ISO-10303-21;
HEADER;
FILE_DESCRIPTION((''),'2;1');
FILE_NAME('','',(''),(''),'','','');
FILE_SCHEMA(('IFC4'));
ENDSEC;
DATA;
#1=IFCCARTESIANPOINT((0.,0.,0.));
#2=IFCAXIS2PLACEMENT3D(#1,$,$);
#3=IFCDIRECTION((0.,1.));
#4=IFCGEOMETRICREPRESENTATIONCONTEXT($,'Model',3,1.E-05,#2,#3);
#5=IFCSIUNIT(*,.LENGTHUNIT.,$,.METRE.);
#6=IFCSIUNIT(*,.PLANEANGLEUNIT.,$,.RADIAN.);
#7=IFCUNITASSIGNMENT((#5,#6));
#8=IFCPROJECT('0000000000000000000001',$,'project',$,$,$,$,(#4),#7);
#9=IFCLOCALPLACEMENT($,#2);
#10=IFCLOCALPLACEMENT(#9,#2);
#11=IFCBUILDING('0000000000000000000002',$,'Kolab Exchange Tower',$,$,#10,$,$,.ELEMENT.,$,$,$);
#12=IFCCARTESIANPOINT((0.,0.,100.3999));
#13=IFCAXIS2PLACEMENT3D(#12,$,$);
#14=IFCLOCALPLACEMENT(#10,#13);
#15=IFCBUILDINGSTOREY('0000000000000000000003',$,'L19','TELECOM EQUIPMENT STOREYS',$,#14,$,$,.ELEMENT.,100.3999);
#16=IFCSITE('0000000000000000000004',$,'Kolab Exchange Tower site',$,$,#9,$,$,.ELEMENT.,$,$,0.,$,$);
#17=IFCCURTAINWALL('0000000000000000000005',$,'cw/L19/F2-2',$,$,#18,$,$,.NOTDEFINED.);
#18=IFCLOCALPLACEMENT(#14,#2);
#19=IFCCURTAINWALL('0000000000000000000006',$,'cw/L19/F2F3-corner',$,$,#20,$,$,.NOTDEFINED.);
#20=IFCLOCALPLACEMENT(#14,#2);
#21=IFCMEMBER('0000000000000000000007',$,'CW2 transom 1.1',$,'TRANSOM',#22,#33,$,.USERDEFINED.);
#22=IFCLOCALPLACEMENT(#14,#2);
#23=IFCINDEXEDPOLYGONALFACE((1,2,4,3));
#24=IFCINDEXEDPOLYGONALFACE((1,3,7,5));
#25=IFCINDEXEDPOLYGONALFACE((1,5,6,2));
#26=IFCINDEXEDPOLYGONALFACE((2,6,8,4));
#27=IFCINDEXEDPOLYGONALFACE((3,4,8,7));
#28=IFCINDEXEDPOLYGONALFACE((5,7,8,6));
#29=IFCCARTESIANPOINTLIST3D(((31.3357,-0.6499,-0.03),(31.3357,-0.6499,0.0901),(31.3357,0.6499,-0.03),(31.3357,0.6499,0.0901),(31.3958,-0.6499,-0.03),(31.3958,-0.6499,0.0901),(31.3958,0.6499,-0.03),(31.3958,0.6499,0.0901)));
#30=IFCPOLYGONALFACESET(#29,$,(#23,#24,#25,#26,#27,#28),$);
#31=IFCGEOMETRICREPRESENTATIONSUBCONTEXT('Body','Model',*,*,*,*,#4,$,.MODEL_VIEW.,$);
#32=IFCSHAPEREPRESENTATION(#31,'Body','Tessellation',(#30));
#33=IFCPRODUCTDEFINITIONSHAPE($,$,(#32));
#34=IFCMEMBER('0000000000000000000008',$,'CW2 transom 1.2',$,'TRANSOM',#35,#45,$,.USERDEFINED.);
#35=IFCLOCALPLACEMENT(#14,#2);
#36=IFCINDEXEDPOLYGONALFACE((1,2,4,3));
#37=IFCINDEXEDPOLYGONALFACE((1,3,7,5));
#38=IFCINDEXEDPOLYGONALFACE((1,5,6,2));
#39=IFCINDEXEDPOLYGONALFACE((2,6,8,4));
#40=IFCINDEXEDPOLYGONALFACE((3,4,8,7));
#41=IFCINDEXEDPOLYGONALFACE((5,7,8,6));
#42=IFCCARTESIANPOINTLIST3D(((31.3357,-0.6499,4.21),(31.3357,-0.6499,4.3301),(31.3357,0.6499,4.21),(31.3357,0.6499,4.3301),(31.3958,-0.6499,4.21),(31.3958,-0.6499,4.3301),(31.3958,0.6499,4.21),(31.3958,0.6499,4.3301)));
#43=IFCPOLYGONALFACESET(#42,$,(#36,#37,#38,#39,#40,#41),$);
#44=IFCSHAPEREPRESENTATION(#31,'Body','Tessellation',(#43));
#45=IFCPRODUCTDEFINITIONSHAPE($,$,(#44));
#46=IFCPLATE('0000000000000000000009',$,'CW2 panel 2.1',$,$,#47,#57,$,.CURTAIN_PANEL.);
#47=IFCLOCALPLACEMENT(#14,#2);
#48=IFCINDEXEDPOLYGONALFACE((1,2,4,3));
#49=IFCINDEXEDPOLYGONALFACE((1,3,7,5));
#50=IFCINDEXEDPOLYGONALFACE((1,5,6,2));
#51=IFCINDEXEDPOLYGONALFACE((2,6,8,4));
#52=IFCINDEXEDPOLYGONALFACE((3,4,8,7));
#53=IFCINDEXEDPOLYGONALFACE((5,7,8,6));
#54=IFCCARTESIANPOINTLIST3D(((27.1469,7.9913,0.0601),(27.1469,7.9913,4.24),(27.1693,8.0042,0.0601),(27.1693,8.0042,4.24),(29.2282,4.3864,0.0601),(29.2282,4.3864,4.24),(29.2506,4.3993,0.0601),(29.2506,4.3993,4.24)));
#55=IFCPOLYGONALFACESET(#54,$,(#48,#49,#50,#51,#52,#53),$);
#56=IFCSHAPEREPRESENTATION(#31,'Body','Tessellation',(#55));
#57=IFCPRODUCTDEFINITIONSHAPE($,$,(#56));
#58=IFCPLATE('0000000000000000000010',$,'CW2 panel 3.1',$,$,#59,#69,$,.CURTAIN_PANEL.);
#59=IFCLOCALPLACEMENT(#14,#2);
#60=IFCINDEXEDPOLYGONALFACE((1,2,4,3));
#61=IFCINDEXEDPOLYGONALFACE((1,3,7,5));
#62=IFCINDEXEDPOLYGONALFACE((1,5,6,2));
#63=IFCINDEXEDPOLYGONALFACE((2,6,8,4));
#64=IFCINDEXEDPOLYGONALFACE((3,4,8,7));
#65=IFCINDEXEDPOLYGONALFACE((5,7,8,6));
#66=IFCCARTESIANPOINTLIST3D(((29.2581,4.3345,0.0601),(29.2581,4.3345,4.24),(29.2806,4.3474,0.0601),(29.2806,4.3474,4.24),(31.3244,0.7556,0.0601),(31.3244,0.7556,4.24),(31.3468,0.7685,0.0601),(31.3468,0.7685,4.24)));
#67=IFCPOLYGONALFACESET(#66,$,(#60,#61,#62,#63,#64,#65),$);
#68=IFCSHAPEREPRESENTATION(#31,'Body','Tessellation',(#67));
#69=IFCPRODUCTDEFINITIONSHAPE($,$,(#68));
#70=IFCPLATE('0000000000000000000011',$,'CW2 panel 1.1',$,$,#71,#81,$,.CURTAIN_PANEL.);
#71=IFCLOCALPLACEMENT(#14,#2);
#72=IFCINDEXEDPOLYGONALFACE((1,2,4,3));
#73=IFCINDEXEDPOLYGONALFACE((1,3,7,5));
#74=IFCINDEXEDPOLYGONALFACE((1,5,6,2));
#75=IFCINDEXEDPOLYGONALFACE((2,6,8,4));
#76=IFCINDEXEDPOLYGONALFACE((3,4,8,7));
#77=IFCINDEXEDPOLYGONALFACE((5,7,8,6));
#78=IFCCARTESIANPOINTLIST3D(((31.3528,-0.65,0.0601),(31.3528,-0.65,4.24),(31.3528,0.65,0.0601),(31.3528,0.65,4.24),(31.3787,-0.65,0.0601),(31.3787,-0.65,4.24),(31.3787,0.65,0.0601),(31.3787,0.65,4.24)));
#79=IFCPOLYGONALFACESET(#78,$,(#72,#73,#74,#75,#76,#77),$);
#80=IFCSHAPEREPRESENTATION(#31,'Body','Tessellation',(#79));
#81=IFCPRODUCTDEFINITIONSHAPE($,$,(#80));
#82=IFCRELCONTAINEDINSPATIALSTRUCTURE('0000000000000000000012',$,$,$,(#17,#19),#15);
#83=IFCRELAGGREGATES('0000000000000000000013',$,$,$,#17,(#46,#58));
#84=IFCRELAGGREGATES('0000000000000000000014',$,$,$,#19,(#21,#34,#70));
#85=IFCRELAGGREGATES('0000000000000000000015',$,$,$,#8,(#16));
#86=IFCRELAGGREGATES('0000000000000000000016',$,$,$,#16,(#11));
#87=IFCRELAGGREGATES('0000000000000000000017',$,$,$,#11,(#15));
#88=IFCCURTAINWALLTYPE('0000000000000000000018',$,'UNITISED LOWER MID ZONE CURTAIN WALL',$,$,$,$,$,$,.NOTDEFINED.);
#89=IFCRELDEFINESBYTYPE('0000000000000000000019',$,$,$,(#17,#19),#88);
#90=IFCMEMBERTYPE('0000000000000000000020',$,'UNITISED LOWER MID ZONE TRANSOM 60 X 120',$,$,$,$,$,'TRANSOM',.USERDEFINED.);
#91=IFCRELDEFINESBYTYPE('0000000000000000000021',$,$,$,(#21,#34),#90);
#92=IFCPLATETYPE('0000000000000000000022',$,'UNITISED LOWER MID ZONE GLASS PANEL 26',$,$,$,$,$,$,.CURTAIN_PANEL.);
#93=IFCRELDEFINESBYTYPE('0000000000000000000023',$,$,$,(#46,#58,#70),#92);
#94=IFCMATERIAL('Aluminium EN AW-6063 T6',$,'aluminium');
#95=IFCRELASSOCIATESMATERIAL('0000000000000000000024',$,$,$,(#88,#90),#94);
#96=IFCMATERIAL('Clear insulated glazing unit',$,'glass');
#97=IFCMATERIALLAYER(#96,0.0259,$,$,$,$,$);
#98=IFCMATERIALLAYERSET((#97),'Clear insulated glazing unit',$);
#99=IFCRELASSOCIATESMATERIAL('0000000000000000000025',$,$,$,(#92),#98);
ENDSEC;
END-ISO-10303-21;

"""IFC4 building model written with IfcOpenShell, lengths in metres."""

from ifc_helpers import new_model, si_unit, direction, frame, origin, origin_2d, place, context, subcontext, project, spatial, rectangle, extrude, material, layer, layer_set, material_profile, profile_set, type_object, element, aggregate, save


model = new_model("IFC4")

# Units and contexts
model_context = context("Model", 3, precision=1e-05, world=origin(), true_north=direction((0.0, 1.0)))
body_context = subcontext(model_context, "Body", "Model", "MODEL_VIEW")
ifc_project = project(units=[si_unit("LENGTHUNIT", "METRE"), si_unit("PLANEANGLEUNIT", "RADIAN")], contexts=[model_context])

# Site, building, storey
site_placement = place(None, origin())
site = spatial("IfcSite", under=ifc_project, at=site_placement, Name="Kolab Exchange Tower site", CompositionType="ELEMENT", RefElevation=0.0)
building_placement = place(site_placement, origin())
building = spatial("IfcBuilding", under=site, at=building_placement, Name="Kolab Exchange Tower", CompositionType="ELEMENT")
storey_placement = place(building_placement, frame((0.0, 0.0, 100.3999)))
storey = spatial("IfcBuildingStorey", under=building, at=storey_placement, Name="L19", Description="TELECOM EQUIPMENT STOREYS", CompositionType="ELEMENT", Elevation=100.3999)

# Curtain wall
ifc_material_1 = material(Name="Aluminium EN AW-6063 T6", Category="aluminium")
curtain_wall_type = type_object("IfcCurtainWallType", Name="UNITISED LOWER MID ZONE CURTAIN WALL", PredefinedType="NOTDEFINED", material=ifc_material_1)
curtain_wall_1_placement = place(storey_placement, origin())
curtain_wall_1 = element("IfcCurtainWall", 1, at=curtain_wall_1_placement, inside=storey, type_object=curtain_wall_type, Name="cw/L19/F2-2", PredefinedType="NOTDEFINED")

# Curtain wall
curtain_wall_2_placement = place(storey_placement, origin())
curtain_wall_2 = element("IfcCurtainWall", 2, at=curtain_wall_2_placement, inside=storey, type_object=curtain_wall_type, Name="cw/L19/F2F3-corner", PredefinedType="NOTDEFINED")

# Members
ifc_material_profile_1 = material_profile(ifc_material_1, rectangle(XDim=0.0601, YDim=0.1201, at=origin_2d()), Name="RECT 60X120")
ifc_profile_set_1 = profile_set([ifc_material_profile_1], Name="Aluminium EN AW-6063 T6")
member_type_1 = type_object("IfcMemberType", Name="UNITISED LOWER MID ZONE TRANSOM 60 X 120", ElementType="TRANSOM", PredefinedType="USERDEFINED", material=ifc_profile_set_1)
member_1_placement = place(storey_placement, frame((31.3657, 0.6499, 0.03), z_axis=(0.0, -1.0, 0.0), x_axis=(1.0, 0.0, 0.0)))
member_1 = element("IfcMember", 3, at=member_1_placement, type_object=member_type_1, Name="CW2 transom 1.1", ObjectType="TRANSOM", PredefinedType="USERDEFINED", context=body_context, shape_type="SweptSolid", body=[
    extrude(rectangle(XDim=0.0601, YDim=0.1201, at=origin_2d()), origin(), (0.0, 0.0, 1.0), 1.2998),
])
member_2_placement = place(storey_placement, frame((31.3657, 0.6499, 4.27), z_axis=(0.0, -1.0, 0.0), x_axis=(1.0, 0.0, 0.0)))
member_2 = element("IfcMember", 4, at=member_2_placement, type_object=member_type_1, Name="CW2 transom 1.2", ObjectType="TRANSOM", PredefinedType="USERDEFINED", context=body_context, shape_type="SweptSolid", body=[
    extrude(rectangle(XDim=0.0601, YDim=0.1201, at=origin_2d()), origin(), (0.0, 0.0, 1.0), 1.2998),
])

# Plates
ifc_material_2 = material(Name="Clear insulated glazing unit", Category="glass")
ifc_layer = layer(ifc_material_2, 0.0259)
ifc_layer_set = layer_set([ifc_layer], Name="Clear insulated glazing unit")
plate_type = type_object("IfcPlateType", Name="UNITISED LOWER MID ZONE GLASS PANEL 26", PredefinedType="CURTAIN_PANEL", material=ifc_layer_set)
plate_1_placement = place(storey_placement, frame((28.1987, 6.1953, 0.0601), z_axis=(0.0, 0.0, 1.0), x_axis=(0.5, -0.866025, 0.0)))
plate_1 = element("IfcPlate", 5, at=plate_1_placement, type_object=plate_type, Name="CW2 panel 2.1", PredefinedType="CURTAIN_PANEL", context=body_context, shape_type="SweptSolid", body=[
    extrude(rectangle(XDim=4.1626, YDim=0.0259, at=origin_2d()), origin(), (0.0, 0.0, 1.0), 4.1799),
])
plate_2_placement = place(storey_placement, frame((30.3025, 2.5515, 0.0601), z_axis=(0.0, 0.0, 1.0), x_axis=(0.5, -0.866025, 0.0)))
plate_2 = element("IfcPlate", 6, at=plate_2_placement, type_object=plate_type, Name="CW2 panel 3.1", PredefinedType="CURTAIN_PANEL", context=body_context, shape_type="SweptSolid", body=[
    extrude(rectangle(XDim=4.1326, YDim=0.0259, at=origin_2d()), origin(), (0.0, 0.0, 1.0), 4.1799),
])
aggregate(curtain_wall_1, [plate_1, plate_2])
plate_3_placement = place(storey_placement, frame((31.3657, 0.0, 0.0601), z_axis=(0.0, 0.0, 1.0), x_axis=(0.0, -1.0, 0.0)))
plate_3 = element("IfcPlate", 7, at=plate_3_placement, type_object=plate_type, Name="CW2 panel 1.1", PredefinedType="CURTAIN_PANEL", context=body_context, shape_type="SweptSolid", body=[
    extrude(rectangle(XDim=1.3, YDim=0.0259, at=origin_2d()), origin(), (0.0, 0.0, 1.0), 4.1799),
])
aggregate(curtain_wall_2, [member_1, member_2, plate_3])

save(model, "model.ifc")
